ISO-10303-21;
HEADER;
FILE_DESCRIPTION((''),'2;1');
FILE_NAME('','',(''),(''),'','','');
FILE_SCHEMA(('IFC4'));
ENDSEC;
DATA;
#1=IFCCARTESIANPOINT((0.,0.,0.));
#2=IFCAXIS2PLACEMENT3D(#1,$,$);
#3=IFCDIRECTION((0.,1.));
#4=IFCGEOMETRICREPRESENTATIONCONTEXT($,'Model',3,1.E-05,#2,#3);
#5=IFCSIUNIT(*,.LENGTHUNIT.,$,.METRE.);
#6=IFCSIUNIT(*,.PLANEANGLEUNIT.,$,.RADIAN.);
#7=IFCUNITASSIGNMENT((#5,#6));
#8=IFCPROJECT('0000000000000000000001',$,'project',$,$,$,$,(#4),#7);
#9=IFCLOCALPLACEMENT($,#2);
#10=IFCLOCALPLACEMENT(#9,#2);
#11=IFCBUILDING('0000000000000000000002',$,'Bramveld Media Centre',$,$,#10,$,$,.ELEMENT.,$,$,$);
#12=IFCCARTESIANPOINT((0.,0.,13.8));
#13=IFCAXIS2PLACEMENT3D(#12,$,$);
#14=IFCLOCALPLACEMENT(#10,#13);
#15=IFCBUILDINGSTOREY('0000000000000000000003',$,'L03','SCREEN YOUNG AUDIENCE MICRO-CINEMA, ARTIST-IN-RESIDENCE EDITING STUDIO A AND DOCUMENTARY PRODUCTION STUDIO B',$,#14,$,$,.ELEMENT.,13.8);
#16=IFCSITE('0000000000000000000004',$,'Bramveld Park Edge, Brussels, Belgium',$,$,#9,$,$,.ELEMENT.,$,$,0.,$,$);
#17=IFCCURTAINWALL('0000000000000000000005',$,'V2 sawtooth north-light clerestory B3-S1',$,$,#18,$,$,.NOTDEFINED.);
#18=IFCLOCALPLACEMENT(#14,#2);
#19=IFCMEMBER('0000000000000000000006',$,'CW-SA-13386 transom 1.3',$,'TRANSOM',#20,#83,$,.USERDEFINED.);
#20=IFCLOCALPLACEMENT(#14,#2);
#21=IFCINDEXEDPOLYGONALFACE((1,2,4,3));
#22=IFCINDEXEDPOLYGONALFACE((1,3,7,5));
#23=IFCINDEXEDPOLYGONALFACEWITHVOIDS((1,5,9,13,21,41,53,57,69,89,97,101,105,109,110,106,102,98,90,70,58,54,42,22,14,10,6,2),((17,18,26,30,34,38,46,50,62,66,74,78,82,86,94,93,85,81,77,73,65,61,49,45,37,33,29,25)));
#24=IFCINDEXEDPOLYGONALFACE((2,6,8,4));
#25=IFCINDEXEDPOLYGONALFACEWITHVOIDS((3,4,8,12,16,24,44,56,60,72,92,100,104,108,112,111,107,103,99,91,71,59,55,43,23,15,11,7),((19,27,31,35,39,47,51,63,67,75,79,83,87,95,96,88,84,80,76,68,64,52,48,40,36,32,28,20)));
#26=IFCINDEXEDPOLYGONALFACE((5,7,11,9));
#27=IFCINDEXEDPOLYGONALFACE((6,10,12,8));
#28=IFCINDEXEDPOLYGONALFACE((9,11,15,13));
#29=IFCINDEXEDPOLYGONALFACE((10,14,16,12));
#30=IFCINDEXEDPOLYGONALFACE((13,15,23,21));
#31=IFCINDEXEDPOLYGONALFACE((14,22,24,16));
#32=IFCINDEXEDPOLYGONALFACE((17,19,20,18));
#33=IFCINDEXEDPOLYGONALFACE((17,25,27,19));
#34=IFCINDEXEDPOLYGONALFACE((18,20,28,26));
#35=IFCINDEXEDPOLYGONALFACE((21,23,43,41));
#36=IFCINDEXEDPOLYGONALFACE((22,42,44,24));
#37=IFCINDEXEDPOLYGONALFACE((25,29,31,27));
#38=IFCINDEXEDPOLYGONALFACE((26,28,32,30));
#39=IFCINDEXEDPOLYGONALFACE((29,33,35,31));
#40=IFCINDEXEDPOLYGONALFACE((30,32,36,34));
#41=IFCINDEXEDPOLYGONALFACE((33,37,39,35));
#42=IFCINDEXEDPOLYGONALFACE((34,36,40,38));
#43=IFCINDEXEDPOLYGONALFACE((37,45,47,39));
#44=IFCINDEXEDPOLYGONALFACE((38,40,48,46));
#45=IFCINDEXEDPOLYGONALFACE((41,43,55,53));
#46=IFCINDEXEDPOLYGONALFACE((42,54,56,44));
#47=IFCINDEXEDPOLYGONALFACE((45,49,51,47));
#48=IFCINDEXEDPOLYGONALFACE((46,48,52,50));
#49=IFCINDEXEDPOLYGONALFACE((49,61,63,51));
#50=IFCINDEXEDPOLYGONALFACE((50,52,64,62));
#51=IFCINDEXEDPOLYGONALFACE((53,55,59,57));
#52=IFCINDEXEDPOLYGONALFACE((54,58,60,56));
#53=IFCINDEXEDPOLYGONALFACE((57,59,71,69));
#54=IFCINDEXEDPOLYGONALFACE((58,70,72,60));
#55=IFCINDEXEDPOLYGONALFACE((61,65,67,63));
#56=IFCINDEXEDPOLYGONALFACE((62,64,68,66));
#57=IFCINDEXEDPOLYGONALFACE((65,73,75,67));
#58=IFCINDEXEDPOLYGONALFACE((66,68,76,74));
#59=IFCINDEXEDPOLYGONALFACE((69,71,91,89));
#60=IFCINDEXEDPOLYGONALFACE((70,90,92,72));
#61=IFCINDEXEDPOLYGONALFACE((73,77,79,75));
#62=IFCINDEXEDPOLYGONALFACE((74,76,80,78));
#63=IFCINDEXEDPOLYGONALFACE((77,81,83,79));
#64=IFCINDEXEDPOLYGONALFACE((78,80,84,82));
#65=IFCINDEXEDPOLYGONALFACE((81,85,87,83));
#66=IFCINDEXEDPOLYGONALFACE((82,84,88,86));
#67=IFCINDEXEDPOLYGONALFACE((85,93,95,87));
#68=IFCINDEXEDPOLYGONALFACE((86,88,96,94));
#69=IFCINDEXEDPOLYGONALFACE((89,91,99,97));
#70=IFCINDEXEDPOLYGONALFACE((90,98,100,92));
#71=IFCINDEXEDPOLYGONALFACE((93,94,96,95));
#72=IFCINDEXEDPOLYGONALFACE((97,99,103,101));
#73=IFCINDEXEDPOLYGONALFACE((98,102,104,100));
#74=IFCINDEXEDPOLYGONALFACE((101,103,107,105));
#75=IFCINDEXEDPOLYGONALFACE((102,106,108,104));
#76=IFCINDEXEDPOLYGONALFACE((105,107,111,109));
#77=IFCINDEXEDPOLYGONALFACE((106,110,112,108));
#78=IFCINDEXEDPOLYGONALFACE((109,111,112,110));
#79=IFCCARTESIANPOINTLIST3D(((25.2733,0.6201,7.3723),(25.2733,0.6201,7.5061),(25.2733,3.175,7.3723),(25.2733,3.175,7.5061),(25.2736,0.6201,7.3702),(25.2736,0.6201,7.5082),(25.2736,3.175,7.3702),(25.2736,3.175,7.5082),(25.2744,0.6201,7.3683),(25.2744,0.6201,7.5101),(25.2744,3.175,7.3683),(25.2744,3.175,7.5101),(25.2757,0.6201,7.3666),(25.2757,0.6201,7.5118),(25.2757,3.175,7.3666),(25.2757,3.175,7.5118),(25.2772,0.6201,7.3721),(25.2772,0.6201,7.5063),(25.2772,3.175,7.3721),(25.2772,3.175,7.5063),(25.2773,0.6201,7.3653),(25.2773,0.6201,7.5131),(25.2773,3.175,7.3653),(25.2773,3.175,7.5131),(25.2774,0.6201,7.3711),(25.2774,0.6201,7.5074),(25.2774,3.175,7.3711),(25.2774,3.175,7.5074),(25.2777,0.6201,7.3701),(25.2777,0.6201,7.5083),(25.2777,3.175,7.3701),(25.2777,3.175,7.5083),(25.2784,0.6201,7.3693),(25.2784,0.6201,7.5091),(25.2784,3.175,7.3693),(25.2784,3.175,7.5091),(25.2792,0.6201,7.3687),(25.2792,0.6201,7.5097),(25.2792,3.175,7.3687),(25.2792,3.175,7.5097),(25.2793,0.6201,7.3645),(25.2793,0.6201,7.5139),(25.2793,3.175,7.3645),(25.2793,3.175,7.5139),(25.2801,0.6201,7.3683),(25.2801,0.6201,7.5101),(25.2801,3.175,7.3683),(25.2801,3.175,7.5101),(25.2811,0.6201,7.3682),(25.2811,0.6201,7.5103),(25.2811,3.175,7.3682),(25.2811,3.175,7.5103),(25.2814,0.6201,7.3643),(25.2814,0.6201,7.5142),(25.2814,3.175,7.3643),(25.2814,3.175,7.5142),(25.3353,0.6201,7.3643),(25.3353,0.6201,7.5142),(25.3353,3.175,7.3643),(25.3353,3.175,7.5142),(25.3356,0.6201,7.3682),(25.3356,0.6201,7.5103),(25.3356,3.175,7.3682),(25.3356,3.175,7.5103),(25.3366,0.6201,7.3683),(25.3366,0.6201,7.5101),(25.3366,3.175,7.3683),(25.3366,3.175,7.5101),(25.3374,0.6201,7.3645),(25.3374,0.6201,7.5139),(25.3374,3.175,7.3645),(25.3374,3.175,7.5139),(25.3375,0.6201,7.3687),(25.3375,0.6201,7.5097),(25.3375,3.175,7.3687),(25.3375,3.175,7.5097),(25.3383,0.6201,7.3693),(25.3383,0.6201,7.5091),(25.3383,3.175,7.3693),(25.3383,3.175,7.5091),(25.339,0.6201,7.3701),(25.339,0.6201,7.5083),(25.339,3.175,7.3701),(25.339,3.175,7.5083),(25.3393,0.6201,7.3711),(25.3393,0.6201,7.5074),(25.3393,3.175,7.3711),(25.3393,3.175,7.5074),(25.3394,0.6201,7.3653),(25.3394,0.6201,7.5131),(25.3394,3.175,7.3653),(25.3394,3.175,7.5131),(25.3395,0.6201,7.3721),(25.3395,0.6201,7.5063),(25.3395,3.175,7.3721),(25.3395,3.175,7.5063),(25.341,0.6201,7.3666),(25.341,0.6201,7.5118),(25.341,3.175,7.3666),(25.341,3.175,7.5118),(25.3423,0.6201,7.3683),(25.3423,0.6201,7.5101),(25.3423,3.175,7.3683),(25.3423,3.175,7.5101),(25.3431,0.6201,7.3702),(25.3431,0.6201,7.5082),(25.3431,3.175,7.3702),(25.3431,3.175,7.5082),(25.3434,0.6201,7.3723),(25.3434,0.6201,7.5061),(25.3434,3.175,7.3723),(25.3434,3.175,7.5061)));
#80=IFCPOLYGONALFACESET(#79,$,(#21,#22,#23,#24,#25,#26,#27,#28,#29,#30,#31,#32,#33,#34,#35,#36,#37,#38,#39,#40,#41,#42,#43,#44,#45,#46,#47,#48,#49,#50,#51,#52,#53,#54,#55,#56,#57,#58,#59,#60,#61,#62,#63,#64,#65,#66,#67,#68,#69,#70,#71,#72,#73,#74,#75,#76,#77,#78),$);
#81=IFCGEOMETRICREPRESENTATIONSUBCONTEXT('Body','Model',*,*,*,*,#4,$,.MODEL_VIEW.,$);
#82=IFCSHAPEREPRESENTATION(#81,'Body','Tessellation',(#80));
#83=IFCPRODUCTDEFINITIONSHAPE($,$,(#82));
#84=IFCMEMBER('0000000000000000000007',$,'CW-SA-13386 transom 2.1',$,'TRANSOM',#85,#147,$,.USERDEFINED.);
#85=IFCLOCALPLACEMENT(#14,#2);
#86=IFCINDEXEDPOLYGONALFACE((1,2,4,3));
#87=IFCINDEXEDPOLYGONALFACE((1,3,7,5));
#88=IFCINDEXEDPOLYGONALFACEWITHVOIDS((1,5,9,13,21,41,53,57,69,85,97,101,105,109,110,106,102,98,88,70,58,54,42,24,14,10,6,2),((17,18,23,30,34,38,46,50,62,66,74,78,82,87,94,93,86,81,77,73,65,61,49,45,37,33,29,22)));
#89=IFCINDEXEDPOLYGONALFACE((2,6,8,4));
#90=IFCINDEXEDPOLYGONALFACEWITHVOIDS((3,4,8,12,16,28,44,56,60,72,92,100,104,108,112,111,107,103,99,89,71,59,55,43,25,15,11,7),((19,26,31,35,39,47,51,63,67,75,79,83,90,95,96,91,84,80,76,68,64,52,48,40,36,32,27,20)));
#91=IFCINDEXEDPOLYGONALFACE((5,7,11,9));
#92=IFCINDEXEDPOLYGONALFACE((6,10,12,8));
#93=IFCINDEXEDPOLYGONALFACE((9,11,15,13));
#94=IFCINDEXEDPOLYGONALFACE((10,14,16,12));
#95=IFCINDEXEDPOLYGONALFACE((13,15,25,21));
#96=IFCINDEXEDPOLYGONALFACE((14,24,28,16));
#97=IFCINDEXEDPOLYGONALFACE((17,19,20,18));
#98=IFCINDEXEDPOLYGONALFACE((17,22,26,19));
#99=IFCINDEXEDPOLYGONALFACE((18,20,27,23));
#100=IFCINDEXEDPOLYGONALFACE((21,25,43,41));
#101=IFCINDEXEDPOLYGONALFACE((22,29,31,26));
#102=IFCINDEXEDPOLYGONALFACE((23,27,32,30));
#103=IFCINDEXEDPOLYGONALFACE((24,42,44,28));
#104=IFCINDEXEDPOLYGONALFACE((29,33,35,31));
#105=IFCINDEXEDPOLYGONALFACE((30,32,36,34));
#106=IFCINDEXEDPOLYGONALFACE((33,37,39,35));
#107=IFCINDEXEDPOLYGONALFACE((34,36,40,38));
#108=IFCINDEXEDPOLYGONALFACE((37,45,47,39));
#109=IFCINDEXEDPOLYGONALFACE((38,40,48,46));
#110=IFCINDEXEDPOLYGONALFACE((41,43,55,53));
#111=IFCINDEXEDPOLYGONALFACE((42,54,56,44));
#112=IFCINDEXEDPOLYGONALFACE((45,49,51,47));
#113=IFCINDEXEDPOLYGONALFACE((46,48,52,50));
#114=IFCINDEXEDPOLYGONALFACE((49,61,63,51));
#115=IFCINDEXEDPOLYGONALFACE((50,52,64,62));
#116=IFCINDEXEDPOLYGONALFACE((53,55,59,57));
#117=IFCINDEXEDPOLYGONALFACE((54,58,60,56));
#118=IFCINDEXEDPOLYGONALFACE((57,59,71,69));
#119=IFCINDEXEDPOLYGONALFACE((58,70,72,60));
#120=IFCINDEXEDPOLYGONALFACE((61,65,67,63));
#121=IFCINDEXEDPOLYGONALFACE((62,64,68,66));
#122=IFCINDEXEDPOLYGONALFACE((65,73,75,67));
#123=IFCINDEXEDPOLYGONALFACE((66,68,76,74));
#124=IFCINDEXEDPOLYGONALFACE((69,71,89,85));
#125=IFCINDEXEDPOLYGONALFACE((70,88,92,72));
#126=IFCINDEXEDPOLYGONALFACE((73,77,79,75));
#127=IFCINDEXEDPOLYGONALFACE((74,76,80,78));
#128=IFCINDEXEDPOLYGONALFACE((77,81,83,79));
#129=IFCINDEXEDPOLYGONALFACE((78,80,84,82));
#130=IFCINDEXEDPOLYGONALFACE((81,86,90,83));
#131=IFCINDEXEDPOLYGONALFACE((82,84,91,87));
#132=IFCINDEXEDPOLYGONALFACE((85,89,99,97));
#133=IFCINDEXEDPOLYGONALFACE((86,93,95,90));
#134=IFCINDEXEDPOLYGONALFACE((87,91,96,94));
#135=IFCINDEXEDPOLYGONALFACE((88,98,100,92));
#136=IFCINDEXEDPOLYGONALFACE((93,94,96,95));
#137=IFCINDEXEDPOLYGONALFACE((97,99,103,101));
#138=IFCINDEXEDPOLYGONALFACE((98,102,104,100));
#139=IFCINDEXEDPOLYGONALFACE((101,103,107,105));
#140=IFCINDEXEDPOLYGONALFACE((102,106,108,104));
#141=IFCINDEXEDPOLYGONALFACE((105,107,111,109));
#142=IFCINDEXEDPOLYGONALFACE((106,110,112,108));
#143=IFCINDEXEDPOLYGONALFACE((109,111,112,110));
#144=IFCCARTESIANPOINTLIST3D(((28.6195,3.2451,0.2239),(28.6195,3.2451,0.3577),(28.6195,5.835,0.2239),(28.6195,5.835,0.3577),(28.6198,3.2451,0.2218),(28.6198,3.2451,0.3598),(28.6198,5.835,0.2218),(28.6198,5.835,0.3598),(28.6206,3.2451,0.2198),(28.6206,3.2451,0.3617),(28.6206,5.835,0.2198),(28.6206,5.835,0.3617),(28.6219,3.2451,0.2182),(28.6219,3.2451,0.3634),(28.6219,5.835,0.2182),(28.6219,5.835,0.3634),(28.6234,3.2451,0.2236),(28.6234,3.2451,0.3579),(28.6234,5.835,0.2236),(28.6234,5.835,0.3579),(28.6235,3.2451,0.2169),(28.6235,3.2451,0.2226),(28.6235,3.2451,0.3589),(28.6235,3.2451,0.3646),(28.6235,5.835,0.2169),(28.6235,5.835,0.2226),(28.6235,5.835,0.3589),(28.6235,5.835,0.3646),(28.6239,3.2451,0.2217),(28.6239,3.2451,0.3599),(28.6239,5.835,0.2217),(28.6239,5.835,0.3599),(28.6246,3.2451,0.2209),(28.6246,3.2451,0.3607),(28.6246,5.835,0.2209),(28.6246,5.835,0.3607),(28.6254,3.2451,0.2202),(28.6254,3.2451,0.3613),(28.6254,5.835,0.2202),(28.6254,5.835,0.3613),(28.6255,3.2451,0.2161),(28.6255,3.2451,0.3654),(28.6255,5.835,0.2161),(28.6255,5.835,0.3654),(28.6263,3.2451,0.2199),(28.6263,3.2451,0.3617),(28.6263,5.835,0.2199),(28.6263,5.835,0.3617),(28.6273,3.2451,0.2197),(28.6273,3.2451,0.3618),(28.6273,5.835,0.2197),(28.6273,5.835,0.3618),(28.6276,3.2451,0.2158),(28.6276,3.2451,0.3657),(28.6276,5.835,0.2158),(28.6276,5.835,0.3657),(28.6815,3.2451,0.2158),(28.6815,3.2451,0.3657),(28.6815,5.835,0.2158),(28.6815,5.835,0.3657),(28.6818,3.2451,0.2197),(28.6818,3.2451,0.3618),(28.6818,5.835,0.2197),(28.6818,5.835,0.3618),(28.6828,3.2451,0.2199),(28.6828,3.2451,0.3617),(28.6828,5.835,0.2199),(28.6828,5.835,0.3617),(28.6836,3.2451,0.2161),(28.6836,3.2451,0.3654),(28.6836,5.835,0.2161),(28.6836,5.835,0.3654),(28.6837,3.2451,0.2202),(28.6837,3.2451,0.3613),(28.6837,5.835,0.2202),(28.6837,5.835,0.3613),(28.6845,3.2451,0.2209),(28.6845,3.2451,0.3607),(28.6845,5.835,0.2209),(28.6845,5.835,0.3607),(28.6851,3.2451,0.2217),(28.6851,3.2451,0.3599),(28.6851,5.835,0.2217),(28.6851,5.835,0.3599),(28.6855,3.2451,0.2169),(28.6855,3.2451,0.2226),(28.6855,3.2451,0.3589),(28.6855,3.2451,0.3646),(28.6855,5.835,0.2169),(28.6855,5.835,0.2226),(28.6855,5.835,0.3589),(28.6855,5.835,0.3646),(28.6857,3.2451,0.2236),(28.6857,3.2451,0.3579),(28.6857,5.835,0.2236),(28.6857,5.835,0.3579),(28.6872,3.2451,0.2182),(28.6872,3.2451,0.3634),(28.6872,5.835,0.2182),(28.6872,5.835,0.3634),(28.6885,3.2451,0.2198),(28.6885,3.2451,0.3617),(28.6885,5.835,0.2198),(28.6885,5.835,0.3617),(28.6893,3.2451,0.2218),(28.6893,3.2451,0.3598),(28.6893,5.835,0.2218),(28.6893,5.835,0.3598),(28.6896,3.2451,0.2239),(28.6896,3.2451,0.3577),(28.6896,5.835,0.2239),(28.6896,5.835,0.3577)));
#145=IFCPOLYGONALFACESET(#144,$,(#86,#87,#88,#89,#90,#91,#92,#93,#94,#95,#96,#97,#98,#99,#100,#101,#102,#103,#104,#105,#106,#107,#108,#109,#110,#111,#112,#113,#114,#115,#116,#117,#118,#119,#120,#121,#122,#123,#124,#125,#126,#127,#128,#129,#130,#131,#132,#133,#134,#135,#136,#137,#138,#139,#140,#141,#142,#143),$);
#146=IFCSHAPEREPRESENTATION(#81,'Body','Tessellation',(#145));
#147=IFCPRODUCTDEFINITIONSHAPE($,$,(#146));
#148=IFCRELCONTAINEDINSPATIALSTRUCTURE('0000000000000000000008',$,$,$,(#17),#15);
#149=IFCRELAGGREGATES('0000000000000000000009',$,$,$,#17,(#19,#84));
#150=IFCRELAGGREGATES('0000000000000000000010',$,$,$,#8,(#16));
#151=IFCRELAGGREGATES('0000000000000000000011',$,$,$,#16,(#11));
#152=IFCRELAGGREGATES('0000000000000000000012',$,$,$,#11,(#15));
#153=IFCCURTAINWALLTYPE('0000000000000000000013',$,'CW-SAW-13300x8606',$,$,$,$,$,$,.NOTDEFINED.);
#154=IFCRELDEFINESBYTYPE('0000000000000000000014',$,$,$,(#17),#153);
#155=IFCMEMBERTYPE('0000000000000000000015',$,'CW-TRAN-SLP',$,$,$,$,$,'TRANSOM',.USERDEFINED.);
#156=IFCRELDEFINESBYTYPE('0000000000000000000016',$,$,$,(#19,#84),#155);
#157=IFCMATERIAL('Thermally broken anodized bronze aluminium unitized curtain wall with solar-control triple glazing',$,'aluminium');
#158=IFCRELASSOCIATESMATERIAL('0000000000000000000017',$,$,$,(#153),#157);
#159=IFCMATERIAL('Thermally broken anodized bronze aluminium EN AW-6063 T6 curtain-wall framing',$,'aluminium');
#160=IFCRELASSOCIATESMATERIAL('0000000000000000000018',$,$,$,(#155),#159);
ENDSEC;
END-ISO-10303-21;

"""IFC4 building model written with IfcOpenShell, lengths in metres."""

from ifc_helpers import new_model, si_unit, direction, frame, origin, origin_2d, place, context, subcontext, project, spatial, hollow_rectangle, extrude, material, material_profile, profile_set, type_object, element, aggregate, save


model = new_model("IFC4")

# Units and contexts
model_context = context("Model", 3, precision=1e-05, world=origin(), true_north=direction((0.0, 1.0)))
body_context = subcontext(model_context, "Body", "Model", "MODEL_VIEW")
ifc_project = project(units=[si_unit("LENGTHUNIT", "METRE"), si_unit("PLANEANGLEUNIT", "RADIAN")], contexts=[model_context])

# Site, building, storey
site_placement = place(None, origin())
site = spatial("IfcSite", under=ifc_project, at=site_placement, Name="Bramveld Park Edge, Brussels, Belgium", CompositionType="ELEMENT", RefElevation=0.0)
building_placement = place(site_placement, origin())
building = spatial("IfcBuilding", under=site, at=building_placement, Name="Bramveld Media Centre", CompositionType="ELEMENT")
storey_placement = place(building_placement, frame((0.0, 0.0, 13.8)))
storey = spatial("IfcBuildingStorey", under=building, at=storey_placement, Name="L03", Description="SCREEN YOUNG AUDIENCE MICRO-CINEMA, ARTIST-IN-RESIDENCE EDITING STUDIO A AND DOCUMENTARY PRODUCTION STUDIO B", CompositionType="ELEMENT", Elevation=13.8)

# Curtain wall, members
ifc_material_1 = material(Name="Thermally broken anodized bronze aluminium unitized curtain wall with solar-control triple glazing", Category="aluminium")
curtain_wall_type = type_object("IfcCurtainWallType", Name="CW-SAW-13300x8606", PredefinedType="NOTDEFINED", material=ifc_material_1)
curtain_wall_placement = place(storey_placement, origin())
curtain_wall = element("IfcCurtainWall", 1, at=curtain_wall_placement, inside=storey, type_object=curtain_wall_type, Name="V2 sawtooth north-light clerestory B3-S1", PredefinedType="NOTDEFINED")
ifc_material_2 = material(Name="Thermally broken anodized bronze aluminium EN AW-6063 T6 curtain-wall framing", Category="aluminium")
ifc_material_profile_1 = material_profile(ifc_material_2, hollow_rectangle(XDim=0.0701, YDim=0.1499, WallThickness=0.0039, InnerFilletRadius=0.0039, OuterFilletRadius=0.0081, at=origin_2d()), Name="AL-TRAN 70x150")
ifc_profile_set_1 = profile_set([ifc_material_profile_1], Name="Thermally broken anodized bronze aluminium EN AW-6063 T6 curtain-wall framing")
member_type = type_object("IfcMemberType", Name="CW-TRAN-SLP", ElementType="TRANSOM", PredefinedType="USERDEFINED", material=ifc_profile_set_1)
member_1_placement = place(storey_placement, frame((25.3083, 0.6201, 7.4392), z_axis=(0.0, 1.0, 0.0), x_axis=(-1.0, 0.0, 0.0)))
member_1 = element("IfcMember", 2, at=member_1_placement, type_object=member_type, Name="CW-SA-13386 transom 1.3", ObjectType="TRANSOM", PredefinedType="USERDEFINED", context=body_context, shape_type="SweptSolid", body=[
    extrude(hollow_rectangle(XDim=0.0701, YDim=0.1499, WallThickness=0.0039, InnerFilletRadius=0.0039, OuterFilletRadius=0.0081, at=origin_2d()), origin(), (0.0, 0.0, 1.0), 2.5549),
])
member_2_placement = place(storey_placement, frame((28.6545, 3.2451, 0.2908), z_axis=(0.0, 1.0, 0.0), x_axis=(-1.0, 0.0, 0.0)))
member_2 = element("IfcMember", 3, at=member_2_placement, type_object=member_type, Name="CW-SA-13386 transom 2.1", ObjectType="TRANSOM", PredefinedType="USERDEFINED", context=body_context, shape_type="SweptSolid", body=[
    extrude(hollow_rectangle(XDim=0.0701, YDim=0.1499, WallThickness=0.0039, InnerFilletRadius=0.0039, OuterFilletRadius=0.0081, at=origin_2d()), origin(), (0.0, 0.0, 1.0), 2.5898),
])

aggregate(curtain_wall, [member_1, member_2])

save(model, "model.ifc")
